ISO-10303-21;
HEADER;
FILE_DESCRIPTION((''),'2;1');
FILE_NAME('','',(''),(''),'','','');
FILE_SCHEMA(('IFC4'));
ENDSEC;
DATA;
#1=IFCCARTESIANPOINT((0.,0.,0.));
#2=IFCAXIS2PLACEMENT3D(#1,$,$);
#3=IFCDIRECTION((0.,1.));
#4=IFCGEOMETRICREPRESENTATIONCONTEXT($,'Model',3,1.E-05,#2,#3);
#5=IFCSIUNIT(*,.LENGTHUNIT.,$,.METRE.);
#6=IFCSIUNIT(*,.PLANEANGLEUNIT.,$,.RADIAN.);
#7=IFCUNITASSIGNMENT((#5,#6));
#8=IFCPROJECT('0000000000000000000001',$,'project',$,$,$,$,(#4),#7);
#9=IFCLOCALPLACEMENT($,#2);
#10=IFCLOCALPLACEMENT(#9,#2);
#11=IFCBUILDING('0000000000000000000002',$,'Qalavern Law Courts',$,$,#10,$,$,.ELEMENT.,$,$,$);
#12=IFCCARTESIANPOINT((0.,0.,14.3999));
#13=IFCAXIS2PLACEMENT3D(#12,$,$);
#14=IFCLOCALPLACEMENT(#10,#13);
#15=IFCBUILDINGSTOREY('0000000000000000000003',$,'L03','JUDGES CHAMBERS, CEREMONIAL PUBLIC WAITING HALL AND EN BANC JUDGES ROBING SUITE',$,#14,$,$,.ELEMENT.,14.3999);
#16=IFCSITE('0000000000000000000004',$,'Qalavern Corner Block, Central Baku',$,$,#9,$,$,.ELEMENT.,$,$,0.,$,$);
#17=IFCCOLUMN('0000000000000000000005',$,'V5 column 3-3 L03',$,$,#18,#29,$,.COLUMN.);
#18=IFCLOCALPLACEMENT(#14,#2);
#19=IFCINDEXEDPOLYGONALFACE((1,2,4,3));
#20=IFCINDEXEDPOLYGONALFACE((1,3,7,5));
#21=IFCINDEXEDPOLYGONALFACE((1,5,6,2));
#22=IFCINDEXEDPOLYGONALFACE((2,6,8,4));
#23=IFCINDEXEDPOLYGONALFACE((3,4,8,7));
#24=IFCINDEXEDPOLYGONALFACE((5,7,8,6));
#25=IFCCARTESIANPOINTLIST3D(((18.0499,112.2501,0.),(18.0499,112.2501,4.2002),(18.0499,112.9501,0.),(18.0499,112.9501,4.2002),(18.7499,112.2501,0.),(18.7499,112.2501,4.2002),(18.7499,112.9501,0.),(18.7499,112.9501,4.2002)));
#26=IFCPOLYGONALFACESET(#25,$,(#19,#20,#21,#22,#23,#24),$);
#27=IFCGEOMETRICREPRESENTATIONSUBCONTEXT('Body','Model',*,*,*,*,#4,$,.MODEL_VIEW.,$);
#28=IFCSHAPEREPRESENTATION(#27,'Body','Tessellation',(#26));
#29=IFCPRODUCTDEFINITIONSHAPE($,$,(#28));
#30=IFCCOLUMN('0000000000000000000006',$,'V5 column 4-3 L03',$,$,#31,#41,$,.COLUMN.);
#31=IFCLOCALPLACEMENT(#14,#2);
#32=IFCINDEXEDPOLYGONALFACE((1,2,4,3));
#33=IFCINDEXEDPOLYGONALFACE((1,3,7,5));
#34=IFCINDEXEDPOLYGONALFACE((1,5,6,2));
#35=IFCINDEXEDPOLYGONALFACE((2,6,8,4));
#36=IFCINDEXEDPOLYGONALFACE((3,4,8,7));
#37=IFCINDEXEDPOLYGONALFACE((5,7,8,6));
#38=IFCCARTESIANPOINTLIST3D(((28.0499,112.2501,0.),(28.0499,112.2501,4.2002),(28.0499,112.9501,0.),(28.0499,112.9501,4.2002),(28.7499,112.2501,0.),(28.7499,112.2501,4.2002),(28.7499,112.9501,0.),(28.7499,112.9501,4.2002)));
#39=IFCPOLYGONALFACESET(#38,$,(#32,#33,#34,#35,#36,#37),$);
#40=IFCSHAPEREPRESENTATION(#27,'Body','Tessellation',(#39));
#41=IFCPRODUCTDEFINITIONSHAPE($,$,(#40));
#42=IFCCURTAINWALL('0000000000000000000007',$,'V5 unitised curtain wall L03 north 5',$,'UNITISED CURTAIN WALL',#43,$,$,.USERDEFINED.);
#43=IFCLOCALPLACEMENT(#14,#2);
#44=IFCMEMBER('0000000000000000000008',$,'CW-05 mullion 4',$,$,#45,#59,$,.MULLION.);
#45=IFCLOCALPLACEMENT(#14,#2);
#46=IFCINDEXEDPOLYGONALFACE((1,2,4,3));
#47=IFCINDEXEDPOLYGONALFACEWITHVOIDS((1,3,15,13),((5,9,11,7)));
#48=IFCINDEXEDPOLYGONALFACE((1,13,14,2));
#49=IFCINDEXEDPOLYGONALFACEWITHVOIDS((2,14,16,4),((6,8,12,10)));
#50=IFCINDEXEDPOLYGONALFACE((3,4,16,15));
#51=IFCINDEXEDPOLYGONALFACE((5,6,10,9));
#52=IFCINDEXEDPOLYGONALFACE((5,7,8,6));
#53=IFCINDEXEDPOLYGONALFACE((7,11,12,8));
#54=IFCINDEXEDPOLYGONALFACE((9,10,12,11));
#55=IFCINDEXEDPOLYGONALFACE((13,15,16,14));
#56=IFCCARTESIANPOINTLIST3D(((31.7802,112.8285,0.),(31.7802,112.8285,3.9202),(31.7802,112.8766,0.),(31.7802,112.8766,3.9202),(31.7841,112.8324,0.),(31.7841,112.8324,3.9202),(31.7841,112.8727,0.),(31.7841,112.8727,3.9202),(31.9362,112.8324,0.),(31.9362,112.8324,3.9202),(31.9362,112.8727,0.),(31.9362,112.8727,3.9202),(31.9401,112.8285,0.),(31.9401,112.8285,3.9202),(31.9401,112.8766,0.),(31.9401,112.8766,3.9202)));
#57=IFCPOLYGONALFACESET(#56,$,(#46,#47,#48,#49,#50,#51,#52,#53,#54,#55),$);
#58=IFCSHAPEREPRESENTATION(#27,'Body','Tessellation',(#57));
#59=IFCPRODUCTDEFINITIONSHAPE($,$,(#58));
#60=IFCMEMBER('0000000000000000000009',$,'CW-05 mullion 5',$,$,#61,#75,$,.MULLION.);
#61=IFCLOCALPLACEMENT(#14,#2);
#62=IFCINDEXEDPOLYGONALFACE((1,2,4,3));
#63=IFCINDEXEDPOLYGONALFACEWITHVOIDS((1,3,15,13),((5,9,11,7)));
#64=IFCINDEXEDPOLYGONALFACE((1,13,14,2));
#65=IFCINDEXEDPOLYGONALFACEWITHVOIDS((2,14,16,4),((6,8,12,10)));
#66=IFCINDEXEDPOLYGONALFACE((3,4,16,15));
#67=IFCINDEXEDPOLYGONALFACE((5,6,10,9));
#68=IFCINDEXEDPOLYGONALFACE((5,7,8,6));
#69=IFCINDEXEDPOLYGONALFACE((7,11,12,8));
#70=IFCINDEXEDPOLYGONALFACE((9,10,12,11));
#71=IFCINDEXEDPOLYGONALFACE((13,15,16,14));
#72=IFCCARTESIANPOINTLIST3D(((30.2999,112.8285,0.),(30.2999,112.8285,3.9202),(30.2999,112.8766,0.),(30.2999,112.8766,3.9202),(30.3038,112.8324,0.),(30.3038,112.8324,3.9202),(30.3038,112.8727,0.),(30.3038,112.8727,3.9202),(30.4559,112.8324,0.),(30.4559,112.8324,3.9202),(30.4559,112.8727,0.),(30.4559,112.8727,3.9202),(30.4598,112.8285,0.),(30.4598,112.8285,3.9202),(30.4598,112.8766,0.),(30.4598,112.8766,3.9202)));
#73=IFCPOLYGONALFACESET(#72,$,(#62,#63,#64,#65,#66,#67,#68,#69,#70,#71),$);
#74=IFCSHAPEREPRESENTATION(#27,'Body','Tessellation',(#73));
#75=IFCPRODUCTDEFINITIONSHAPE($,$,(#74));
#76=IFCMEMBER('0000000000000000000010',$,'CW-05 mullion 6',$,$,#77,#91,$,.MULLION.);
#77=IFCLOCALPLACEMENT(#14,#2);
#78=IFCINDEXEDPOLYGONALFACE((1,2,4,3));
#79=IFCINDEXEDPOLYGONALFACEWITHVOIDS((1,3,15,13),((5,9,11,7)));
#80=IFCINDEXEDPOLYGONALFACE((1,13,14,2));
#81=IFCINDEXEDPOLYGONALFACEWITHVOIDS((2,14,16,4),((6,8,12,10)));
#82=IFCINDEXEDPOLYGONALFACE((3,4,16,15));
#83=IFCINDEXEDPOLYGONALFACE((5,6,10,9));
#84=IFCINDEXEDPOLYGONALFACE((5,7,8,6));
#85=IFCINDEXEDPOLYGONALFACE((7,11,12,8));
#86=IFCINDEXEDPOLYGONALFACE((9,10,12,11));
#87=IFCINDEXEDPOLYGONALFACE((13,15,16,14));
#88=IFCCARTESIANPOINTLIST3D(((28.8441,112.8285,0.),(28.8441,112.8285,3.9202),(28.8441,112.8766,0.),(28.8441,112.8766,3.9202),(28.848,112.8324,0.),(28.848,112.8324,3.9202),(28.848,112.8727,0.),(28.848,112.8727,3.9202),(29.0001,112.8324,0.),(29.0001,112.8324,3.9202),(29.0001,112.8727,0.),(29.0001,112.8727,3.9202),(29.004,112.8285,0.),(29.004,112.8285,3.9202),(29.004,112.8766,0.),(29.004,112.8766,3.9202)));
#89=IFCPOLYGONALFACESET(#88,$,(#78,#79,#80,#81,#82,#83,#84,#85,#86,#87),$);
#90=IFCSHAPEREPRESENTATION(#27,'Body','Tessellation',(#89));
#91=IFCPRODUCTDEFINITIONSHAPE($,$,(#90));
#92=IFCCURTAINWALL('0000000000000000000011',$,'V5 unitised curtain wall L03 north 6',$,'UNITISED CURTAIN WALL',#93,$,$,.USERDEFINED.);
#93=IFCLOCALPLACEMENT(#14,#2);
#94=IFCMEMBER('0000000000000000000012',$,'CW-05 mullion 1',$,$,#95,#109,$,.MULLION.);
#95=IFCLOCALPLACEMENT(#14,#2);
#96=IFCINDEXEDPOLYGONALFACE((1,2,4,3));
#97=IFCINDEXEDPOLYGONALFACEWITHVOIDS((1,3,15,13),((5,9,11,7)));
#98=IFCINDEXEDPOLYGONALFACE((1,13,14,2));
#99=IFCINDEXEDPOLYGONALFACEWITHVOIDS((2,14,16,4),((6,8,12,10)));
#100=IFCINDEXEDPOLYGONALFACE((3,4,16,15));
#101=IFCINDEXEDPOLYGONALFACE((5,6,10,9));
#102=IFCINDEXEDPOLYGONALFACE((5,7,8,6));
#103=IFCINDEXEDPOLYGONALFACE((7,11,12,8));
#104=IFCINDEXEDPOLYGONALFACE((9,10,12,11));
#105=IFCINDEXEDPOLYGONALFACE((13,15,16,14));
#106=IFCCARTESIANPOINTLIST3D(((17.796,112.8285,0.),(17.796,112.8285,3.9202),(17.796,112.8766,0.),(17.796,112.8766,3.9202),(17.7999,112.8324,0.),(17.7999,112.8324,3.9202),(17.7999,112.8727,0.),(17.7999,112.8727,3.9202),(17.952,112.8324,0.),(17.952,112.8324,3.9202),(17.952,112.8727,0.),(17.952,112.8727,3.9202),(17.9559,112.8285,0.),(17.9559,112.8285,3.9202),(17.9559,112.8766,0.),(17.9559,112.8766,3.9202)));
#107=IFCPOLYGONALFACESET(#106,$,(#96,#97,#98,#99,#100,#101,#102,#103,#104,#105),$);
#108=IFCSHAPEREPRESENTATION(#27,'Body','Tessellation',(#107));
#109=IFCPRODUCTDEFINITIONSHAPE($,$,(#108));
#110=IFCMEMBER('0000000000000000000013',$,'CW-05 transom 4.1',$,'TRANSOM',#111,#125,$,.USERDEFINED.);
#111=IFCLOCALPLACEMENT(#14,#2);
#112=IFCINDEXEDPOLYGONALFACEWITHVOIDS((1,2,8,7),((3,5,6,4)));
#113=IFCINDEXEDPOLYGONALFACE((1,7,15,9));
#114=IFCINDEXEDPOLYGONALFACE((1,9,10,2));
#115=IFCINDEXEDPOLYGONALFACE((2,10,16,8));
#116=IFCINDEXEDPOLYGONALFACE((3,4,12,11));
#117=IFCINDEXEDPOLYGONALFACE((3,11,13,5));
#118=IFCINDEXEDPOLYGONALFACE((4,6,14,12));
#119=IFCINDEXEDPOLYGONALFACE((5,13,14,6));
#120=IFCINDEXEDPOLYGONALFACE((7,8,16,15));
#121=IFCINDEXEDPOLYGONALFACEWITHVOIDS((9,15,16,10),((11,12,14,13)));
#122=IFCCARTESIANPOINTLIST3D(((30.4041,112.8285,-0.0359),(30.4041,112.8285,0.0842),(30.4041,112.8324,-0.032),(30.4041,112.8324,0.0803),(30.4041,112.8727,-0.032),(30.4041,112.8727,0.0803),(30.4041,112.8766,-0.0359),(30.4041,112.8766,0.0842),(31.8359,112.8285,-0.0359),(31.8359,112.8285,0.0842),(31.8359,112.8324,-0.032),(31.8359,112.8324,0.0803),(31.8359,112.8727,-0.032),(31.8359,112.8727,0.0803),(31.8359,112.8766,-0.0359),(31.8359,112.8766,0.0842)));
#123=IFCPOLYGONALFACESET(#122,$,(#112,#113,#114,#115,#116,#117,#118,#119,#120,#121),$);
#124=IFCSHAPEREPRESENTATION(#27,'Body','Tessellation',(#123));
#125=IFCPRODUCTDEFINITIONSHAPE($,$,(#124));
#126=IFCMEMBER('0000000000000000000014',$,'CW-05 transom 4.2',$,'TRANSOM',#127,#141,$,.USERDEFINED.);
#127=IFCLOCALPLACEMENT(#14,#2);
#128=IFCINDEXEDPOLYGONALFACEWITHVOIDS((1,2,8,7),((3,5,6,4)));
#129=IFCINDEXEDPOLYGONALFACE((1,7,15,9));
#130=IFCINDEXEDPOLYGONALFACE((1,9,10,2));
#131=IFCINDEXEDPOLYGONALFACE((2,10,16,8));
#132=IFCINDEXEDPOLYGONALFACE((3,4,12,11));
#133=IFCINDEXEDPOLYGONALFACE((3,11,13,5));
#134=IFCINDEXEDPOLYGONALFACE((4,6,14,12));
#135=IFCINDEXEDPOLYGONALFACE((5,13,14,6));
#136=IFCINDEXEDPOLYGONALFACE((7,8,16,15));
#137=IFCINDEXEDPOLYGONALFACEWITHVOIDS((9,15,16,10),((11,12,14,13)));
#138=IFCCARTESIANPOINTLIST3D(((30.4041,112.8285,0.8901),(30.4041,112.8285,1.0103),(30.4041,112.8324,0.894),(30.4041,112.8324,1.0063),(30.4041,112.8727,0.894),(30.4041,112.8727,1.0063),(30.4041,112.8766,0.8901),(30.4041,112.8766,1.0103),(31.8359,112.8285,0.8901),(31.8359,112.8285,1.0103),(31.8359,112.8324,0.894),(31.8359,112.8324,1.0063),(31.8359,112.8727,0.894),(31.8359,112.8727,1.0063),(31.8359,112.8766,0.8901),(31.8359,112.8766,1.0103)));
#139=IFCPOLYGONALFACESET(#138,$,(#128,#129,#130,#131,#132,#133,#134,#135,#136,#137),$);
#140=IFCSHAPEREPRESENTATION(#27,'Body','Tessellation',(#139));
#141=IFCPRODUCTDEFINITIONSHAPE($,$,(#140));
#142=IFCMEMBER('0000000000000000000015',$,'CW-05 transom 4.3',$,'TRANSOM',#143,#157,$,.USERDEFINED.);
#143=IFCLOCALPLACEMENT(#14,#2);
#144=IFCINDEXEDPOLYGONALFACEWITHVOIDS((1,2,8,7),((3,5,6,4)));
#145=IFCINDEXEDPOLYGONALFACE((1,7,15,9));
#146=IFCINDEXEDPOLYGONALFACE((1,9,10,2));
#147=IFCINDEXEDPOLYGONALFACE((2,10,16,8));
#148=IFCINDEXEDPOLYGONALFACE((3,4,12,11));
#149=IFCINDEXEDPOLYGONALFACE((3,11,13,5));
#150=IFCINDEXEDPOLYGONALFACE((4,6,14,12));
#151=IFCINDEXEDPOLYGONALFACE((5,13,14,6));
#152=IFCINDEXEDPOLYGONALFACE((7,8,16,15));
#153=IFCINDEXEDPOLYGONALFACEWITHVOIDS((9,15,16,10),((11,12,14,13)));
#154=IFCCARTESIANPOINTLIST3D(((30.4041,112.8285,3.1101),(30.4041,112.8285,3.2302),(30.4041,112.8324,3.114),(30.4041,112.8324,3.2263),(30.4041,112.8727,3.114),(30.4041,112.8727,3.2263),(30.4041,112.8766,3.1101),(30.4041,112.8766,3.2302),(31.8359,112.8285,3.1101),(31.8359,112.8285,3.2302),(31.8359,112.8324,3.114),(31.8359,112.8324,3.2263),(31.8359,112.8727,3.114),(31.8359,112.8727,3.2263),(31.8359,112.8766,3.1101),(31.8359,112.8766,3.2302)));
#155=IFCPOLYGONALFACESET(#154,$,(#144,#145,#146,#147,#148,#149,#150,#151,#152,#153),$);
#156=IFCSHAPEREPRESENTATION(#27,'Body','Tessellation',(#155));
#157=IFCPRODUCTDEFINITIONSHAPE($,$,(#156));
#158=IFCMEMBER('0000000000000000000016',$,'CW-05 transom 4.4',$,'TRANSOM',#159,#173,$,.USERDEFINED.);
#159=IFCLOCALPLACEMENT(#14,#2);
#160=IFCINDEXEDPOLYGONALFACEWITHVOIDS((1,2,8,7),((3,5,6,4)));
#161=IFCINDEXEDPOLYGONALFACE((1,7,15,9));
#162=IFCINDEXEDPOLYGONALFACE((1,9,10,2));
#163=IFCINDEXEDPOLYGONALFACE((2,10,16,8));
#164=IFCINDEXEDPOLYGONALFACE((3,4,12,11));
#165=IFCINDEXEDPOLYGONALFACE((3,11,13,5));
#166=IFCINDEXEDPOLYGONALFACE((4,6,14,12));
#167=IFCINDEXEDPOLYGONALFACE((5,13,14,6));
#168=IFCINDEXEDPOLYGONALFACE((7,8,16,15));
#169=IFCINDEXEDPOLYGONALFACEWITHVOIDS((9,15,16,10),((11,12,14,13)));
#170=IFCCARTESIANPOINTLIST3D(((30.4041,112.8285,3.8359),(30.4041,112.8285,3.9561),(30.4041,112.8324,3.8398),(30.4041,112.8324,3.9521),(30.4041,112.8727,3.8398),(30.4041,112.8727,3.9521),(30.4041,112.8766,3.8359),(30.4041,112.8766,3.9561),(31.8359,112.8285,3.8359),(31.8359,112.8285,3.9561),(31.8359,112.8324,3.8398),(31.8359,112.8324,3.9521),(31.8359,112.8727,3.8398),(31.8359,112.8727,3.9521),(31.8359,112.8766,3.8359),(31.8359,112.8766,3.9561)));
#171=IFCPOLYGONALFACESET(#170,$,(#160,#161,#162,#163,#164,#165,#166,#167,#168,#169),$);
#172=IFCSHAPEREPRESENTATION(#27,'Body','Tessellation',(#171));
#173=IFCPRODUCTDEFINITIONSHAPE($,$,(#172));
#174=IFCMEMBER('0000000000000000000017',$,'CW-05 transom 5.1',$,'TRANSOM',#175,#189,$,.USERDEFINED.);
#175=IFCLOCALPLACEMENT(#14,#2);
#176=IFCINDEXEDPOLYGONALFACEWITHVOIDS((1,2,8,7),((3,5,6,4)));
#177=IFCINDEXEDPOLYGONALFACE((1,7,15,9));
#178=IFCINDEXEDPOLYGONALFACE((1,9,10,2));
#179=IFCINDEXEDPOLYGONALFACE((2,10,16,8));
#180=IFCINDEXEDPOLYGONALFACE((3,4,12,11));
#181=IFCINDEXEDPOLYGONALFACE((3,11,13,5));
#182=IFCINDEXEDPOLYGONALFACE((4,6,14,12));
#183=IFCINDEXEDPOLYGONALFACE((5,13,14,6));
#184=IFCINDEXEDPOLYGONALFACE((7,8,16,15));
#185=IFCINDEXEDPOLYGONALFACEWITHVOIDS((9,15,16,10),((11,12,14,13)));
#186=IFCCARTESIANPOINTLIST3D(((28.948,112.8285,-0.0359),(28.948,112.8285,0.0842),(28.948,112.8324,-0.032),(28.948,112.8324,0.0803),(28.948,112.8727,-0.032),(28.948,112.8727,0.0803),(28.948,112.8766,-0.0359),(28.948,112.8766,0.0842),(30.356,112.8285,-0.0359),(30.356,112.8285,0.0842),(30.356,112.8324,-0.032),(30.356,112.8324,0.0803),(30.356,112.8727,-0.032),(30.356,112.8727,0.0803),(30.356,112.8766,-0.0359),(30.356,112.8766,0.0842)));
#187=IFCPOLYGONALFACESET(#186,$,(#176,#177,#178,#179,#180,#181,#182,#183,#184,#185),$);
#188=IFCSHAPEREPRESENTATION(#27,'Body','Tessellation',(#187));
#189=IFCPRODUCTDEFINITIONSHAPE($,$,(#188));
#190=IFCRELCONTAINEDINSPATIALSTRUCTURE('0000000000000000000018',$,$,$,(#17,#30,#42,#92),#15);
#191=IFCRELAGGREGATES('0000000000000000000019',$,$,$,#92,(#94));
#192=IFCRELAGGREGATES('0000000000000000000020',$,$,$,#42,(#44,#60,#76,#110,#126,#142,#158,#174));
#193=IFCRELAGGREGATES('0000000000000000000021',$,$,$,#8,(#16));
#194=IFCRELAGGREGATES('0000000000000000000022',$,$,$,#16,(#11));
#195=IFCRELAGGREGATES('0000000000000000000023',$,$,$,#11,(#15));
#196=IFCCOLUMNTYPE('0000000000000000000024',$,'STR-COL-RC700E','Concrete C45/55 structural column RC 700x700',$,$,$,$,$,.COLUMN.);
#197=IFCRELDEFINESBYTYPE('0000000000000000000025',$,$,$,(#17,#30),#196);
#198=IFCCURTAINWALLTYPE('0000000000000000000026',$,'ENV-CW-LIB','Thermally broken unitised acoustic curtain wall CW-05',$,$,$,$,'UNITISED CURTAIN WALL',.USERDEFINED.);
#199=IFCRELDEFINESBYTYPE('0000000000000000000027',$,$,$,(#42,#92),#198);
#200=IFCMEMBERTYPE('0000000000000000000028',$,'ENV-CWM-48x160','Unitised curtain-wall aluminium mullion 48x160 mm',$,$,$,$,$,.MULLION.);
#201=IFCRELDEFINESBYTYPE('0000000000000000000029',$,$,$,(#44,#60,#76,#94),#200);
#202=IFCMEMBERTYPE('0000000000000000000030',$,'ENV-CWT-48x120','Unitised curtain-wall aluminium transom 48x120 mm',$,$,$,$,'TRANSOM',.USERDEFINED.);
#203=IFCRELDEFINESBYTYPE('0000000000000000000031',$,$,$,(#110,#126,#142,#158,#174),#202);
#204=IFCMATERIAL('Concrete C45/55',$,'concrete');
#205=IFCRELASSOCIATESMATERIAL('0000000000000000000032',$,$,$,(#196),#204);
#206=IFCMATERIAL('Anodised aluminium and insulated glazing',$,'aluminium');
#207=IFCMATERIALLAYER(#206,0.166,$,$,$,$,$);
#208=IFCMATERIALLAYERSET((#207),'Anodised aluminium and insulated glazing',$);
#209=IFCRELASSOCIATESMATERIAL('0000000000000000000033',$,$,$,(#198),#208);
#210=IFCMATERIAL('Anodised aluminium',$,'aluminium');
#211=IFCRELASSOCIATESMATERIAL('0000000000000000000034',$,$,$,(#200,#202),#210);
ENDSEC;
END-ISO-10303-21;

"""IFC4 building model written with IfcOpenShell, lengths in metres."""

from ifc_helpers import new_model, si_unit, direction, frame, origin, origin_2d, place, context, subcontext, project, spatial, rectangle, hollow_rectangle, extrude, material, layer, layer_set, material_profile, profile_set, type_object, element, aggregate, save


model = new_model("IFC4")

# Units and contexts
model_context = context("Model", 3, precision=1e-05, world=origin(), true_north=direction((0.0, 1.0)))
body_context = subcontext(model_context, "Body", "Model", "MODEL_VIEW")
ifc_project = project(units=[si_unit("LENGTHUNIT", "METRE"), si_unit("PLANEANGLEUNIT", "RADIAN")], contexts=[model_context])

# Site, building, storey
site_placement = place(None, origin())
site = spatial("IfcSite", under=ifc_project, at=site_placement, Name="Qalavern Corner Block, Central Baku", CompositionType="ELEMENT", RefElevation=0.0)
building_placement = place(site_placement, origin())
building = spatial("IfcBuilding", under=site, at=building_placement, Name="Qalavern Law Courts", CompositionType="ELEMENT")
storey_placement = place(building_placement, frame((0.0, 0.0, 14.3999)))
storey = spatial("IfcBuildingStorey", under=building, at=storey_placement, Name="L03", Description="JUDGES CHAMBERS, CEREMONIAL PUBLIC WAITING HALL AND EN BANC JUDGES ROBING SUITE", CompositionType="ELEMENT", Elevation=14.3999)

# Columns
ifc_material_1 = material(Name="Concrete C45/55", Category="concrete")
ifc_material_profile_1 = material_profile(ifc_material_1, rectangle(XDim=0.7, YDim=0.7, at=origin_2d()), Name="RC 700x700")
ifc_profile_set_1 = profile_set([ifc_material_profile_1], Name="Concrete C45/55")
column_type = type_object("IfcColumnType", Name="STR-COL-RC700E", Description="Concrete C45/55 structural column RC 700x700", PredefinedType="COLUMN", material=ifc_profile_set_1)
for number, where, z_axis, x_axis, name in (
    (1, (18.3999, 112.6001, 0.0), (0.0, 0.0, 1.0), (1.0, 0.0, 0.0), "V5 column 3-3 L03"),
    (2, (28.3999, 112.6001, 0.0), (0.0, 0.0, 1.0), (1.0, 0.0, 0.0), "V5 column 4-3 L03"),
):
    element("IfcColumn", number, at=place(storey_placement, frame(where, z_axis=z_axis, x_axis=x_axis)), inside=storey, type_object=column_type, Name=name, PredefinedType="COLUMN", context=body_context, shape_type="SweptSolid", body=[
        extrude(rectangle(XDim=0.7, YDim=0.7, at=origin_2d()), origin(), (0.0, 0.0, 1.0), 4.2002),
    ])

# Curtain wall, members
ifc_material_2 = material(Name="Anodised aluminium and insulated glazing", Category="aluminium")
ifc_layer_1 = layer(ifc_material_2, 0.166)
ifc_layer_set_1 = layer_set([ifc_layer_1], Name="Anodised aluminium and insulated glazing")
curtain_wall_type = type_object("IfcCurtainWallType", Name="ENV-CW-LIB", Description="Thermally broken unitised acoustic curtain wall CW-05", ElementType="UNITISED CURTAIN WALL", PredefinedType="USERDEFINED", material=ifc_layer_set_1)
curtain_wall_1_placement = place(storey_placement, origin())
curtain_wall_1 = element("IfcCurtainWall", 3, at=curtain_wall_1_placement, inside=storey, type_object=curtain_wall_type, Name="V5 unitised curtain wall L03 north 5", ObjectType="UNITISED CURTAIN WALL", PredefinedType="USERDEFINED")
ifc_material_3 = material(Name="Anodised aluminium", Category="aluminium")
ifc_material_profile_2 = material_profile(ifc_material_3, hollow_rectangle(XDim=0.0481, YDim=0.1599, WallThickness=0.0039, at=origin_2d()), Name="ALU MULLION 48x160")
ifc_profile_set_2 = profile_set([ifc_material_profile_2], Name="Anodised aluminium")
member_type_1 = type_object("IfcMemberType", Name="ENV-CWM-48x160", Description="Unitised curtain-wall aluminium mullion 48x160 mm", PredefinedType="MULLION", material=ifc_profile_set_2)
member_1_placement = place(storey_placement, frame((31.8601, 112.8525, 0.0), z_axis=(0.0, 0.0, 1.0), x_axis=(0.0, -1.0, 0.0)))
member_1 = element("IfcMember", 4, at=member_1_placement, type_object=member_type_1, Name="CW-05 mullion 4", PredefinedType="MULLION", context=body_context, shape_type="SweptSolid", body=[
    extrude(hollow_rectangle(XDim=0.0481, YDim=0.1599, WallThickness=0.0039, at=origin_2d()), origin(), (0.0, 0.0, 1.0), 3.9202),
])
member_2_placement = place(storey_placement, frame((30.3799, 112.8525, 0.0), z_axis=(0.0, 0.0, 1.0), x_axis=(0.0, -1.0, 0.0)))
member_2 = element("IfcMember", 5, at=member_2_placement, type_object=member_type_1, Name="CW-05 mullion 5", PredefinedType="MULLION", context=body_context, shape_type="SweptSolid", body=[
    extrude(hollow_rectangle(XDim=0.0481, YDim=0.1599, WallThickness=0.0039, at=origin_2d()), origin(), (0.0, 0.0, 1.0), 3.9202),
])
member_3_placement = place(storey_placement, frame((28.9241, 112.8525, 0.0), z_axis=(0.0, 0.0, 1.0), x_axis=(0.0, -1.0, 0.0)))
member_3 = element("IfcMember", 6, at=member_3_placement, type_object=member_type_1, Name="CW-05 mullion 6", PredefinedType="MULLION", context=body_context, shape_type="SweptSolid", body=[
    extrude(hollow_rectangle(XDim=0.0481, YDim=0.1599, WallThickness=0.0039, at=origin_2d()), origin(), (0.0, 0.0, 1.0), 3.9202),
])

# Curtain wall, member
curtain_wall_2_placement = place(storey_placement, origin())
curtain_wall_2 = element("IfcCurtainWall", 7, at=curtain_wall_2_placement, inside=storey, type_object=curtain_wall_type, Name="V5 unitised curtain wall L03 north 6", ObjectType="UNITISED CURTAIN WALL", PredefinedType="USERDEFINED")
member_4_placement = place(storey_placement, frame((17.876, 112.8525, 0.0), z_axis=(0.0, 0.0, 1.0), x_axis=(0.0, -1.0, 0.0)))
member_4 = element("IfcMember", 8, at=member_4_placement, type_object=member_type_1, Name="CW-05 mullion 1", PredefinedType="MULLION", context=body_context, shape_type="SweptSolid", body=[
    extrude(hollow_rectangle(XDim=0.0481, YDim=0.1599, WallThickness=0.0039, at=origin_2d()), origin(), (0.0, 0.0, 1.0), 3.9202),
])

# Members
ifc_material_profile_3 = material_profile(ifc_material_3, hollow_rectangle(XDim=0.0481, YDim=0.1201, WallThickness=0.0039, at=origin_2d()), Name="ALU TRANSOM 48x120")
ifc_profile_set_3 = profile_set([ifc_material_profile_3], Name="Anodised aluminium")
member_type_2 = type_object("IfcMemberType", Name="ENV-CWT-48x120", Description="Unitised curtain-wall aluminium transom 48x120 mm", ElementType="TRANSOM", PredefinedType="USERDEFINED", material=ifc_profile_set_3)
member_5_placement = place(storey_placement, frame((31.8359, 112.8525, 0.0242), z_axis=(-1.0, 0.0, 0.0), x_axis=(0.0, -1.0, 0.0)))
member_5 = element("IfcMember", 9, at=member_5_placement, type_object=member_type_2, Name="CW-05 transom 4.1", ObjectType="TRANSOM", PredefinedType="USERDEFINED", context=body_context, shape_type="SweptSolid", body=[
    extrude(hollow_rectangle(XDim=0.0481, YDim=0.1201, WallThickness=0.0039, at=origin_2d()), origin(), (0.0, 0.0, 1.0), 1.4319),
])
member_6_placement = place(storey_placement, frame((31.8359, 112.8525, 0.9502), z_axis=(-1.0, 0.0, 0.0), x_axis=(0.0, -1.0, 0.0)))
member_6 = element("IfcMember", 10, at=member_6_placement, type_object=member_type_2, Name="CW-05 transom 4.2", ObjectType="TRANSOM", PredefinedType="USERDEFINED", context=body_context, shape_type="SweptSolid", body=[
    extrude(hollow_rectangle(XDim=0.0481, YDim=0.1201, WallThickness=0.0039, at=origin_2d()), origin(), (0.0, 0.0, 1.0), 1.4319),
])
member_7_placement = place(storey_placement, frame((31.8359, 112.8525, 3.1702), z_axis=(-1.0, 0.0, 0.0), x_axis=(0.0, -1.0, 0.0)))
member_7 = element("IfcMember", 11, at=member_7_placement, type_object=member_type_2, Name="CW-05 transom 4.3", ObjectType="TRANSOM", PredefinedType="USERDEFINED", context=body_context, shape_type="SweptSolid", body=[
    extrude(hollow_rectangle(XDim=0.0481, YDim=0.1201, WallThickness=0.0039, at=origin_2d()), origin(), (0.0, 0.0, 1.0), 1.4319),
])
member_8_placement = place(storey_placement, frame((31.8359, 112.8525, 3.896), z_axis=(-1.0, 0.0, 0.0), x_axis=(0.0, -1.0, 0.0)))
member_8 = element("IfcMember", 12, at=member_8_placement, type_object=member_type_2, Name="CW-05 transom 4.4", ObjectType="TRANSOM", PredefinedType="USERDEFINED", context=body_context, shape_type="SweptSolid", body=[
    extrude(hollow_rectangle(XDim=0.0481, YDim=0.1201, WallThickness=0.0039, at=origin_2d()), origin(), (0.0, 0.0, 1.0), 1.4319),
])
member_9_placement = place(storey_placement, frame((30.356, 112.8525, 0.0242), z_axis=(-1.0, 0.0, 0.0), x_axis=(0.0, -1.0, 0.0)))
member_9 = element("IfcMember", 13, at=member_9_placement, type_object=member_type_2, Name="CW-05 transom 5.1", ObjectType="TRANSOM", PredefinedType="USERDEFINED", context=body_context, shape_type="SweptSolid", body=[
    extrude(hollow_rectangle(XDim=0.0481, YDim=0.1201, WallThickness=0.0039, at=origin_2d()), origin(), (0.0, 0.0, 1.0), 1.408),
])
aggregate(curtain_wall_2, [member_4])

aggregate(curtain_wall_1, [member_1, member_2, member_3, member_5, member_6, member_7, member_8, member_9])

save(model, "model.ifc")
